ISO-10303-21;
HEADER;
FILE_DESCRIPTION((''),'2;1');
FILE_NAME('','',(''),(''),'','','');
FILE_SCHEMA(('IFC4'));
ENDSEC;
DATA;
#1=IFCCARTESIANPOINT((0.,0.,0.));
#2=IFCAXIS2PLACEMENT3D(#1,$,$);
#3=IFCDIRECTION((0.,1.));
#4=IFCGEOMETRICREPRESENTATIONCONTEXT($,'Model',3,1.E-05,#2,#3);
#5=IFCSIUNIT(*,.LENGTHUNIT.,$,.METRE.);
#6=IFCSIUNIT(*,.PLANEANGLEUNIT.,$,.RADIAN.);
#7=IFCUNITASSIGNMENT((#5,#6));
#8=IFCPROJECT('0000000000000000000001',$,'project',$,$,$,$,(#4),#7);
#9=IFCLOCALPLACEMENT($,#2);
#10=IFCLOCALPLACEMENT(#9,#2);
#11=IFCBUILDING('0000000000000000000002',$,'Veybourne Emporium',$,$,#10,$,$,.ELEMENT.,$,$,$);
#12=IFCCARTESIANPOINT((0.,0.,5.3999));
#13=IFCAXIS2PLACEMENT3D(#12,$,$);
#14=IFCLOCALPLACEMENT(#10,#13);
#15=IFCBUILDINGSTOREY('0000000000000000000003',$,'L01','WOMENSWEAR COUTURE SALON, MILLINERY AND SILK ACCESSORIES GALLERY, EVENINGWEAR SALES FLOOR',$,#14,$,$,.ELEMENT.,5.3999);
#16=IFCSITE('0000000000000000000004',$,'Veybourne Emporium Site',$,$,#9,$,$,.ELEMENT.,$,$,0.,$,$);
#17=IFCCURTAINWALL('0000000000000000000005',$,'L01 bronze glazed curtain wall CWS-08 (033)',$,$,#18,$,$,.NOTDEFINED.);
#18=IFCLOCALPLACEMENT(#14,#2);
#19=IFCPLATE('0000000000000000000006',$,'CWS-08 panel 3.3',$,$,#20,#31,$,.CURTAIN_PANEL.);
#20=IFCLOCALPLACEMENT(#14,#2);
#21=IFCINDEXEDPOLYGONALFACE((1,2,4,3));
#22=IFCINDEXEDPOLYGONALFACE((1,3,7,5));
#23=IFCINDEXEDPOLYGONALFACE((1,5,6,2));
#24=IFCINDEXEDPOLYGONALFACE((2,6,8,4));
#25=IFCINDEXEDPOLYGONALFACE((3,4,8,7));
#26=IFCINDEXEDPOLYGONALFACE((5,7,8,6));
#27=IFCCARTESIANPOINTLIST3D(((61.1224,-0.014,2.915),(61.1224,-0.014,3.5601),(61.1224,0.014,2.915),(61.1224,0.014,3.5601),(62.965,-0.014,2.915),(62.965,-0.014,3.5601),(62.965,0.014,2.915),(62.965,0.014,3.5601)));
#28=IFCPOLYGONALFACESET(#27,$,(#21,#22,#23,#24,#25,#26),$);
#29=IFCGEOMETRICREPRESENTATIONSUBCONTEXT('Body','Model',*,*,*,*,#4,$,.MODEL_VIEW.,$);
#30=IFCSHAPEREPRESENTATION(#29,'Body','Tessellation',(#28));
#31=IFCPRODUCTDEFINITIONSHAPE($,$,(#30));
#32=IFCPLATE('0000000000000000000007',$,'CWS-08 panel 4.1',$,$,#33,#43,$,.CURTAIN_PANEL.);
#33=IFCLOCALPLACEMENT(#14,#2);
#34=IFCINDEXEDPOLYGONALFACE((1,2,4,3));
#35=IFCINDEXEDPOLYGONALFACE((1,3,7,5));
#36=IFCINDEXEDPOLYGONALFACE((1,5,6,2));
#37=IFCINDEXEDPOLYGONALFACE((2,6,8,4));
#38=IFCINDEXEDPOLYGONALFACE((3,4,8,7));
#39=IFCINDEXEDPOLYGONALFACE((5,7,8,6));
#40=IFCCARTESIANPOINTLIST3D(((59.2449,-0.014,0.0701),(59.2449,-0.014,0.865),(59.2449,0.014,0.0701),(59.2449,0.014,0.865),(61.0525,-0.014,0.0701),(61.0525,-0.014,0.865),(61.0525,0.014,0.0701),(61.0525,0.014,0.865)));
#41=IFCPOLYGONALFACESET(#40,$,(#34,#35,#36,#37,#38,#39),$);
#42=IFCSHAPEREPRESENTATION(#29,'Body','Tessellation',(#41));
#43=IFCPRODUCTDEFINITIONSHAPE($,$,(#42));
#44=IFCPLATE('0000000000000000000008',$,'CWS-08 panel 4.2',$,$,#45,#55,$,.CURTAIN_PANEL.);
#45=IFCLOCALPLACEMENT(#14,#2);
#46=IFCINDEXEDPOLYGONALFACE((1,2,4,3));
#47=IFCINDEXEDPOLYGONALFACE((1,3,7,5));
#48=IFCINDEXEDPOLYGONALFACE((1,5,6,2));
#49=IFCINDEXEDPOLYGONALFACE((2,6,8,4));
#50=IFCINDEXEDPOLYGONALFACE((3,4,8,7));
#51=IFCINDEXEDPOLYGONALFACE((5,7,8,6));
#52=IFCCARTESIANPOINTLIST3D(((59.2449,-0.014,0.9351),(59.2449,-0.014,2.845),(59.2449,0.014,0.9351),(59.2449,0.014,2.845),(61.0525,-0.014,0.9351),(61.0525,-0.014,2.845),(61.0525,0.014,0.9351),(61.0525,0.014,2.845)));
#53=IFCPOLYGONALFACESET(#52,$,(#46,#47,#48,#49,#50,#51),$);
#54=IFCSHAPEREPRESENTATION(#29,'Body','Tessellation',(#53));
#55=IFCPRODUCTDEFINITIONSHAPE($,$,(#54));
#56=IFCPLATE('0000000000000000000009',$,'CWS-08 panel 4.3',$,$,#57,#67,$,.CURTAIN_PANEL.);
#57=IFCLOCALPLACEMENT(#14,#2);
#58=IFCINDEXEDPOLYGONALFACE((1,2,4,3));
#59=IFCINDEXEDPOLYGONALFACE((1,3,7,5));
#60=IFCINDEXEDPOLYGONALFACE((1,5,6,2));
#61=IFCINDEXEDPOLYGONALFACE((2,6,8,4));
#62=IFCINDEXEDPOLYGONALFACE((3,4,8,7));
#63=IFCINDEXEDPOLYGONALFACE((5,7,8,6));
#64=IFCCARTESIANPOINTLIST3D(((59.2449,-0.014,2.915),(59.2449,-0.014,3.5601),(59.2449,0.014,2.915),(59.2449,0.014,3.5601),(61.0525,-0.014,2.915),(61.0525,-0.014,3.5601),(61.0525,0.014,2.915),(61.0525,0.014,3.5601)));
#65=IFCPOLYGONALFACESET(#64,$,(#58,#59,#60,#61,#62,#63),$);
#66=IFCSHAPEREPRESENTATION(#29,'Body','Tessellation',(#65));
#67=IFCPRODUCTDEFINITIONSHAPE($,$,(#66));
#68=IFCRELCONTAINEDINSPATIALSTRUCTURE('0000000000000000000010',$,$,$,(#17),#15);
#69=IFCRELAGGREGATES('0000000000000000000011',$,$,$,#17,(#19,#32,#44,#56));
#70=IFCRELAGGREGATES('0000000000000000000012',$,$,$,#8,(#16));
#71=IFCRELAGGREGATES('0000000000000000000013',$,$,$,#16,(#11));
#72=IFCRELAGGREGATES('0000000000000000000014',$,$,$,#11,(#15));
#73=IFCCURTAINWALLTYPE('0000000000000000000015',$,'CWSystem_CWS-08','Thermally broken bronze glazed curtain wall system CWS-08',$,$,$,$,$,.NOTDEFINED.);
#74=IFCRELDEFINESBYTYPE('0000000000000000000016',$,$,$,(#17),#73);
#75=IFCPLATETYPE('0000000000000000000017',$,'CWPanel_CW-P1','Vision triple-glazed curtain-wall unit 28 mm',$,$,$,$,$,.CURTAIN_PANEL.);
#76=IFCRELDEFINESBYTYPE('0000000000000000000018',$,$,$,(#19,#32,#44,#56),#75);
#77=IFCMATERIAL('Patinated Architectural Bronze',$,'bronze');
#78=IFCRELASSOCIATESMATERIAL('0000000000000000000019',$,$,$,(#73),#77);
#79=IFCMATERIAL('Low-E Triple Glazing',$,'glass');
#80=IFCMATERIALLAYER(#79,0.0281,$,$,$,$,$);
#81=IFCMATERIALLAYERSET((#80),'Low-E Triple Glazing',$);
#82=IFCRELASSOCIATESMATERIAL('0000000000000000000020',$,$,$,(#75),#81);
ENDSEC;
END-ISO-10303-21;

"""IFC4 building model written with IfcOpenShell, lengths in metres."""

from ifc_helpers import new_model, si_unit, direction, frame, origin, origin_2d, place, context, subcontext, project, spatial, rectangle, extrude, material, layer, layer_set, type_object, element, aggregate, save


model = new_model("IFC4")

# Units and contexts
model_context = context("Model", 3, precision=1e-05, world=origin(), true_north=direction((0.0, 1.0)))
body_context = subcontext(model_context, "Body", "Model", "MODEL_VIEW")
ifc_project = project(units=[si_unit("LENGTHUNIT", "METRE"), si_unit("PLANEANGLEUNIT", "RADIAN")], contexts=[model_context])

# Site, building, storey
site_placement = place(None, origin())
site = spatial("IfcSite", under=ifc_project, at=site_placement, Name="Veybourne Emporium Site", CompositionType="ELEMENT", RefElevation=0.0)
building_placement = place(site_placement, origin())
building = spatial("IfcBuilding", under=site, at=building_placement, Name="Veybourne Emporium", CompositionType="ELEMENT")
storey_placement = place(building_placement, frame((0.0, 0.0, 5.3999)))
storey = spatial("IfcBuildingStorey", under=building, at=storey_placement, Name="L01", Description="WOMENSWEAR COUTURE SALON, MILLINERY AND SILK ACCESSORIES GALLERY, EVENINGWEAR SALES FLOOR", CompositionType="ELEMENT", Elevation=5.3999)

# Shared definitions
ifc_material_1 = material(Name="Patinated Architectural Bronze", Category="bronze")

# Curtain wall
curtain_wall_type_1 = type_object("IfcCurtainWallType", Name="CWSystem_CWS-08", Description="Thermally broken bronze glazed curtain wall system CWS-08", PredefinedType="NOTDEFINED", material=ifc_material_1)
curtain_wall_1_placement = place(storey_placement, origin())
curtain_wall_1 = element("IfcCurtainWall", 1, at=curtain_wall_1_placement, inside=storey, type_object=curtain_wall_type_1, Name="L01 bronze glazed curtain wall CWS-08 (033)", PredefinedType="NOTDEFINED")

# Plates
ifc_material_2 = material(Name="Low-E Triple Glazing", Category="glass")
ifc_layer = layer(ifc_material_2, 0.0281)
ifc_layer_set = layer_set([ifc_layer], Name="Low-E Triple Glazing")
plate_type = type_object("IfcPlateType", Name="CWPanel_CW-P1", Description="Vision triple-glazed curtain-wall unit 28 mm", PredefinedType="CURTAIN_PANEL", material=ifc_layer_set)
plate_1_placement = place(storey_placement, frame((62.0437, 0.0, 2.915), z_axis=(0.0, 0.0, 1.0), x_axis=(-1.0, 0.0, 0.0)))
plate_1 = element("IfcPlate", 2, at=plate_1_placement, type_object=plate_type, Name="CWS-08 panel 3.3", PredefinedType="CURTAIN_PANEL", context=body_context, shape_type="SweptSolid", body=[
    extrude(rectangle(XDim=1.8425, YDim=0.0281, at=origin_2d()), origin(), (0.0, 0.0, 1.0), 0.645),
])
plate_2_placement = place(storey_placement, frame((60.1487, 0.0, 0.0701), z_axis=(0.0, 0.0, 1.0), x_axis=(-1.0, 0.0, 0.0)))
plate_2 = element("IfcPlate", 3, at=plate_2_placement, type_object=plate_type, Name="CWS-08 panel 4.1", PredefinedType="CURTAIN_PANEL", context=body_context, shape_type="SweptSolid", body=[
    extrude(rectangle(XDim=1.8076, YDim=0.0281, at=origin_2d()), origin(), (0.0, 0.0, 1.0), 0.7949),
])
plate_3_placement = place(storey_placement, frame((60.1487, 0.0, 0.9351), z_axis=(0.0, 0.0, 1.0), x_axis=(-1.0, 0.0, 0.0)))
plate_3 = element("IfcPlate", 4, at=plate_3_placement, type_object=plate_type, Name="CWS-08 panel 4.2", PredefinedType="CURTAIN_PANEL", context=body_context, shape_type="SweptSolid", body=[
    extrude(rectangle(XDim=1.8076, YDim=0.0281, at=origin_2d()), origin(), (0.0, 0.0, 1.0), 1.9099),
])
plate_4_placement = place(storey_placement, frame((60.1487, 0.0, 2.915), z_axis=(0.0, 0.0, 1.0), x_axis=(-1.0, 0.0, 0.0)))
plate_4 = element("IfcPlate", 5, at=plate_4_placement, type_object=plate_type, Name="CWS-08 panel 4.3", PredefinedType="CURTAIN_PANEL", context=body_context, shape_type="SweptSolid", body=[
    extrude(rectangle(XDim=1.8076, YDim=0.0281, at=origin_2d()), origin(), (0.0, 0.0, 1.0), 0.645),
])
aggregate(curtain_wall_1, [plate_1, plate_2, plate_3, plate_4])

save(model, "model.ifc")
